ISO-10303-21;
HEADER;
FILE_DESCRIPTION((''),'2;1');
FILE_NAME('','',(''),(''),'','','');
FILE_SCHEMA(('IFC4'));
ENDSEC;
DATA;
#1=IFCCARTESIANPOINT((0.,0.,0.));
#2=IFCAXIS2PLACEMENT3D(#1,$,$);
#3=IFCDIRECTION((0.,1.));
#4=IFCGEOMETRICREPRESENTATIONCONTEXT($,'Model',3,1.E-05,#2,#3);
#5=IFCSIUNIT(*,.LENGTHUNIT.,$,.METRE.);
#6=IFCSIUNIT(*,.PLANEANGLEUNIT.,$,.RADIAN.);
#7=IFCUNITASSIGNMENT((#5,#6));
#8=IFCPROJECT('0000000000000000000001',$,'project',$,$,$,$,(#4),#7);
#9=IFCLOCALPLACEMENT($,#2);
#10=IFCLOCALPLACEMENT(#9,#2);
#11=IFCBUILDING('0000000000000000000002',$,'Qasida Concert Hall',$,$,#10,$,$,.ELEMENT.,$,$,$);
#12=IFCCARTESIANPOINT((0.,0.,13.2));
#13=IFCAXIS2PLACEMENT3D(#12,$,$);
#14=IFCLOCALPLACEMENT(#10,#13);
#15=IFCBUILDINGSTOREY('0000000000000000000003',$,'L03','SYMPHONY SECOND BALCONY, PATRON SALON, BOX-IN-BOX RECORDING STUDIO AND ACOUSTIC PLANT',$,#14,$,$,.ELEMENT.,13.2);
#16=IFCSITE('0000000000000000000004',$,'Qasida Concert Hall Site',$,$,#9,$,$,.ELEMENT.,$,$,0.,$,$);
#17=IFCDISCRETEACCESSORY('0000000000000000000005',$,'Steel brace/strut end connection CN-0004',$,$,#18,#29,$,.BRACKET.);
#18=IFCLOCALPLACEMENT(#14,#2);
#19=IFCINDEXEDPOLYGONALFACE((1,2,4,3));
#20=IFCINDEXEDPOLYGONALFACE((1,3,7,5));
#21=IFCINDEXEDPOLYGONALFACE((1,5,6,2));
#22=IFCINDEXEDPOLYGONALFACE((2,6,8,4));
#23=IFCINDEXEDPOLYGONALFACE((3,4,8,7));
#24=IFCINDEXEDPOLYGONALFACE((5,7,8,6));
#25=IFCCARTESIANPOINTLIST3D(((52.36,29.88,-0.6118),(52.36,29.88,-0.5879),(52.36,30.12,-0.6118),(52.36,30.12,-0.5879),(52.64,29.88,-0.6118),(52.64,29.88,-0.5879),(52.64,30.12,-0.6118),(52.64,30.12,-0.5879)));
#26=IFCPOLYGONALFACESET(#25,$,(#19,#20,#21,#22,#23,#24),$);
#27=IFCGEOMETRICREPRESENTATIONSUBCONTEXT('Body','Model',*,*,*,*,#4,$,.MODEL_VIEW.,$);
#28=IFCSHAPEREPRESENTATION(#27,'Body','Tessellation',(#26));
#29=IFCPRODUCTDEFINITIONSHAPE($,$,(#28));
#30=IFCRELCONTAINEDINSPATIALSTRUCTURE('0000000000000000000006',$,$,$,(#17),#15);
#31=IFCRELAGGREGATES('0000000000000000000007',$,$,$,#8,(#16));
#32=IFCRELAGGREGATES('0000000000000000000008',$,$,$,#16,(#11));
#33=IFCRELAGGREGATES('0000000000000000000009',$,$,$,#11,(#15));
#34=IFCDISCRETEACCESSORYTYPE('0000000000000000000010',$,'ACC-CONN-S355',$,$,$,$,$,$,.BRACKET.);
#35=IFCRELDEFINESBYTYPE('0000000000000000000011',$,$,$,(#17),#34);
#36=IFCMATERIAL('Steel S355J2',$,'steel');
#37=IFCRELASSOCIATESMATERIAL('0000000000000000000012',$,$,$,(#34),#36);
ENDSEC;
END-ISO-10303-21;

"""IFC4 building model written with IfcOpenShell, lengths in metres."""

from ifc_helpers import new_model, si_unit, direction, frame, origin, origin_2d, place, context, subcontext, project, spatial, rectangle, extrude, material, type_object, element, save


model = new_model("IFC4")

# Units and contexts
model_context = context("Model", 3, precision=1e-05, world=origin(), true_north=direction((0.0, 1.0)))
body_context = subcontext(model_context, "Body", "Model", "MODEL_VIEW")
ifc_project = project(units=[si_unit("LENGTHUNIT", "METRE"), si_unit("PLANEANGLEUNIT", "RADIAN")], contexts=[model_context])

# Site, building, storey
site_placement = place(None, origin())
site = spatial("IfcSite", under=ifc_project, at=site_placement, Name="Qasida Concert Hall Site", CompositionType="ELEMENT", RefElevation=0.0)
building_placement = place(site_placement, origin())
building = spatial("IfcBuilding", under=site, at=building_placement, Name="Qasida Concert Hall", CompositionType="ELEMENT")
storey_placement = place(building_placement, frame((0.0, 0.0, 13.2)))
storey = spatial("IfcBuildingStorey", under=building, at=storey_placement, Name="L03", Description="SYMPHONY SECOND BALCONY, PATRON SALON, BOX-IN-BOX RECORDING STUDIO AND ACOUSTIC PLANT", CompositionType="ELEMENT", Elevation=13.2)

# Shared definitions
ifc_material_1 = material(Name="Steel S355J2", Category="steel")

# Discrete accessory
discrete_accessory_type = type_object("IfcDiscreteAccessoryType", Name="ACC-CONN-S355", PredefinedType="BRACKET", material=ifc_material_1)
discrete_accessory_placement = place(storey_placement, frame((52.5, 30.0, -0.6118), z_axis=(0.0, 0.0, 1.0), x_axis=(1.0, 0.0, 0.0)))
element("IfcDiscreteAccessory", 1, at=discrete_accessory_placement, inside=storey, type_object=discrete_accessory_type, Name="Steel brace/strut end connection CN-0004", PredefinedType="BRACKET", context=body_context, shape_type="SweptSolid", body=[
    extrude(rectangle(XDim=0.28, YDim=0.24, at=origin_2d()), origin(), (0.0, 0.0, 1.0), 0.0239),
])

save(model, "model.ifc")
